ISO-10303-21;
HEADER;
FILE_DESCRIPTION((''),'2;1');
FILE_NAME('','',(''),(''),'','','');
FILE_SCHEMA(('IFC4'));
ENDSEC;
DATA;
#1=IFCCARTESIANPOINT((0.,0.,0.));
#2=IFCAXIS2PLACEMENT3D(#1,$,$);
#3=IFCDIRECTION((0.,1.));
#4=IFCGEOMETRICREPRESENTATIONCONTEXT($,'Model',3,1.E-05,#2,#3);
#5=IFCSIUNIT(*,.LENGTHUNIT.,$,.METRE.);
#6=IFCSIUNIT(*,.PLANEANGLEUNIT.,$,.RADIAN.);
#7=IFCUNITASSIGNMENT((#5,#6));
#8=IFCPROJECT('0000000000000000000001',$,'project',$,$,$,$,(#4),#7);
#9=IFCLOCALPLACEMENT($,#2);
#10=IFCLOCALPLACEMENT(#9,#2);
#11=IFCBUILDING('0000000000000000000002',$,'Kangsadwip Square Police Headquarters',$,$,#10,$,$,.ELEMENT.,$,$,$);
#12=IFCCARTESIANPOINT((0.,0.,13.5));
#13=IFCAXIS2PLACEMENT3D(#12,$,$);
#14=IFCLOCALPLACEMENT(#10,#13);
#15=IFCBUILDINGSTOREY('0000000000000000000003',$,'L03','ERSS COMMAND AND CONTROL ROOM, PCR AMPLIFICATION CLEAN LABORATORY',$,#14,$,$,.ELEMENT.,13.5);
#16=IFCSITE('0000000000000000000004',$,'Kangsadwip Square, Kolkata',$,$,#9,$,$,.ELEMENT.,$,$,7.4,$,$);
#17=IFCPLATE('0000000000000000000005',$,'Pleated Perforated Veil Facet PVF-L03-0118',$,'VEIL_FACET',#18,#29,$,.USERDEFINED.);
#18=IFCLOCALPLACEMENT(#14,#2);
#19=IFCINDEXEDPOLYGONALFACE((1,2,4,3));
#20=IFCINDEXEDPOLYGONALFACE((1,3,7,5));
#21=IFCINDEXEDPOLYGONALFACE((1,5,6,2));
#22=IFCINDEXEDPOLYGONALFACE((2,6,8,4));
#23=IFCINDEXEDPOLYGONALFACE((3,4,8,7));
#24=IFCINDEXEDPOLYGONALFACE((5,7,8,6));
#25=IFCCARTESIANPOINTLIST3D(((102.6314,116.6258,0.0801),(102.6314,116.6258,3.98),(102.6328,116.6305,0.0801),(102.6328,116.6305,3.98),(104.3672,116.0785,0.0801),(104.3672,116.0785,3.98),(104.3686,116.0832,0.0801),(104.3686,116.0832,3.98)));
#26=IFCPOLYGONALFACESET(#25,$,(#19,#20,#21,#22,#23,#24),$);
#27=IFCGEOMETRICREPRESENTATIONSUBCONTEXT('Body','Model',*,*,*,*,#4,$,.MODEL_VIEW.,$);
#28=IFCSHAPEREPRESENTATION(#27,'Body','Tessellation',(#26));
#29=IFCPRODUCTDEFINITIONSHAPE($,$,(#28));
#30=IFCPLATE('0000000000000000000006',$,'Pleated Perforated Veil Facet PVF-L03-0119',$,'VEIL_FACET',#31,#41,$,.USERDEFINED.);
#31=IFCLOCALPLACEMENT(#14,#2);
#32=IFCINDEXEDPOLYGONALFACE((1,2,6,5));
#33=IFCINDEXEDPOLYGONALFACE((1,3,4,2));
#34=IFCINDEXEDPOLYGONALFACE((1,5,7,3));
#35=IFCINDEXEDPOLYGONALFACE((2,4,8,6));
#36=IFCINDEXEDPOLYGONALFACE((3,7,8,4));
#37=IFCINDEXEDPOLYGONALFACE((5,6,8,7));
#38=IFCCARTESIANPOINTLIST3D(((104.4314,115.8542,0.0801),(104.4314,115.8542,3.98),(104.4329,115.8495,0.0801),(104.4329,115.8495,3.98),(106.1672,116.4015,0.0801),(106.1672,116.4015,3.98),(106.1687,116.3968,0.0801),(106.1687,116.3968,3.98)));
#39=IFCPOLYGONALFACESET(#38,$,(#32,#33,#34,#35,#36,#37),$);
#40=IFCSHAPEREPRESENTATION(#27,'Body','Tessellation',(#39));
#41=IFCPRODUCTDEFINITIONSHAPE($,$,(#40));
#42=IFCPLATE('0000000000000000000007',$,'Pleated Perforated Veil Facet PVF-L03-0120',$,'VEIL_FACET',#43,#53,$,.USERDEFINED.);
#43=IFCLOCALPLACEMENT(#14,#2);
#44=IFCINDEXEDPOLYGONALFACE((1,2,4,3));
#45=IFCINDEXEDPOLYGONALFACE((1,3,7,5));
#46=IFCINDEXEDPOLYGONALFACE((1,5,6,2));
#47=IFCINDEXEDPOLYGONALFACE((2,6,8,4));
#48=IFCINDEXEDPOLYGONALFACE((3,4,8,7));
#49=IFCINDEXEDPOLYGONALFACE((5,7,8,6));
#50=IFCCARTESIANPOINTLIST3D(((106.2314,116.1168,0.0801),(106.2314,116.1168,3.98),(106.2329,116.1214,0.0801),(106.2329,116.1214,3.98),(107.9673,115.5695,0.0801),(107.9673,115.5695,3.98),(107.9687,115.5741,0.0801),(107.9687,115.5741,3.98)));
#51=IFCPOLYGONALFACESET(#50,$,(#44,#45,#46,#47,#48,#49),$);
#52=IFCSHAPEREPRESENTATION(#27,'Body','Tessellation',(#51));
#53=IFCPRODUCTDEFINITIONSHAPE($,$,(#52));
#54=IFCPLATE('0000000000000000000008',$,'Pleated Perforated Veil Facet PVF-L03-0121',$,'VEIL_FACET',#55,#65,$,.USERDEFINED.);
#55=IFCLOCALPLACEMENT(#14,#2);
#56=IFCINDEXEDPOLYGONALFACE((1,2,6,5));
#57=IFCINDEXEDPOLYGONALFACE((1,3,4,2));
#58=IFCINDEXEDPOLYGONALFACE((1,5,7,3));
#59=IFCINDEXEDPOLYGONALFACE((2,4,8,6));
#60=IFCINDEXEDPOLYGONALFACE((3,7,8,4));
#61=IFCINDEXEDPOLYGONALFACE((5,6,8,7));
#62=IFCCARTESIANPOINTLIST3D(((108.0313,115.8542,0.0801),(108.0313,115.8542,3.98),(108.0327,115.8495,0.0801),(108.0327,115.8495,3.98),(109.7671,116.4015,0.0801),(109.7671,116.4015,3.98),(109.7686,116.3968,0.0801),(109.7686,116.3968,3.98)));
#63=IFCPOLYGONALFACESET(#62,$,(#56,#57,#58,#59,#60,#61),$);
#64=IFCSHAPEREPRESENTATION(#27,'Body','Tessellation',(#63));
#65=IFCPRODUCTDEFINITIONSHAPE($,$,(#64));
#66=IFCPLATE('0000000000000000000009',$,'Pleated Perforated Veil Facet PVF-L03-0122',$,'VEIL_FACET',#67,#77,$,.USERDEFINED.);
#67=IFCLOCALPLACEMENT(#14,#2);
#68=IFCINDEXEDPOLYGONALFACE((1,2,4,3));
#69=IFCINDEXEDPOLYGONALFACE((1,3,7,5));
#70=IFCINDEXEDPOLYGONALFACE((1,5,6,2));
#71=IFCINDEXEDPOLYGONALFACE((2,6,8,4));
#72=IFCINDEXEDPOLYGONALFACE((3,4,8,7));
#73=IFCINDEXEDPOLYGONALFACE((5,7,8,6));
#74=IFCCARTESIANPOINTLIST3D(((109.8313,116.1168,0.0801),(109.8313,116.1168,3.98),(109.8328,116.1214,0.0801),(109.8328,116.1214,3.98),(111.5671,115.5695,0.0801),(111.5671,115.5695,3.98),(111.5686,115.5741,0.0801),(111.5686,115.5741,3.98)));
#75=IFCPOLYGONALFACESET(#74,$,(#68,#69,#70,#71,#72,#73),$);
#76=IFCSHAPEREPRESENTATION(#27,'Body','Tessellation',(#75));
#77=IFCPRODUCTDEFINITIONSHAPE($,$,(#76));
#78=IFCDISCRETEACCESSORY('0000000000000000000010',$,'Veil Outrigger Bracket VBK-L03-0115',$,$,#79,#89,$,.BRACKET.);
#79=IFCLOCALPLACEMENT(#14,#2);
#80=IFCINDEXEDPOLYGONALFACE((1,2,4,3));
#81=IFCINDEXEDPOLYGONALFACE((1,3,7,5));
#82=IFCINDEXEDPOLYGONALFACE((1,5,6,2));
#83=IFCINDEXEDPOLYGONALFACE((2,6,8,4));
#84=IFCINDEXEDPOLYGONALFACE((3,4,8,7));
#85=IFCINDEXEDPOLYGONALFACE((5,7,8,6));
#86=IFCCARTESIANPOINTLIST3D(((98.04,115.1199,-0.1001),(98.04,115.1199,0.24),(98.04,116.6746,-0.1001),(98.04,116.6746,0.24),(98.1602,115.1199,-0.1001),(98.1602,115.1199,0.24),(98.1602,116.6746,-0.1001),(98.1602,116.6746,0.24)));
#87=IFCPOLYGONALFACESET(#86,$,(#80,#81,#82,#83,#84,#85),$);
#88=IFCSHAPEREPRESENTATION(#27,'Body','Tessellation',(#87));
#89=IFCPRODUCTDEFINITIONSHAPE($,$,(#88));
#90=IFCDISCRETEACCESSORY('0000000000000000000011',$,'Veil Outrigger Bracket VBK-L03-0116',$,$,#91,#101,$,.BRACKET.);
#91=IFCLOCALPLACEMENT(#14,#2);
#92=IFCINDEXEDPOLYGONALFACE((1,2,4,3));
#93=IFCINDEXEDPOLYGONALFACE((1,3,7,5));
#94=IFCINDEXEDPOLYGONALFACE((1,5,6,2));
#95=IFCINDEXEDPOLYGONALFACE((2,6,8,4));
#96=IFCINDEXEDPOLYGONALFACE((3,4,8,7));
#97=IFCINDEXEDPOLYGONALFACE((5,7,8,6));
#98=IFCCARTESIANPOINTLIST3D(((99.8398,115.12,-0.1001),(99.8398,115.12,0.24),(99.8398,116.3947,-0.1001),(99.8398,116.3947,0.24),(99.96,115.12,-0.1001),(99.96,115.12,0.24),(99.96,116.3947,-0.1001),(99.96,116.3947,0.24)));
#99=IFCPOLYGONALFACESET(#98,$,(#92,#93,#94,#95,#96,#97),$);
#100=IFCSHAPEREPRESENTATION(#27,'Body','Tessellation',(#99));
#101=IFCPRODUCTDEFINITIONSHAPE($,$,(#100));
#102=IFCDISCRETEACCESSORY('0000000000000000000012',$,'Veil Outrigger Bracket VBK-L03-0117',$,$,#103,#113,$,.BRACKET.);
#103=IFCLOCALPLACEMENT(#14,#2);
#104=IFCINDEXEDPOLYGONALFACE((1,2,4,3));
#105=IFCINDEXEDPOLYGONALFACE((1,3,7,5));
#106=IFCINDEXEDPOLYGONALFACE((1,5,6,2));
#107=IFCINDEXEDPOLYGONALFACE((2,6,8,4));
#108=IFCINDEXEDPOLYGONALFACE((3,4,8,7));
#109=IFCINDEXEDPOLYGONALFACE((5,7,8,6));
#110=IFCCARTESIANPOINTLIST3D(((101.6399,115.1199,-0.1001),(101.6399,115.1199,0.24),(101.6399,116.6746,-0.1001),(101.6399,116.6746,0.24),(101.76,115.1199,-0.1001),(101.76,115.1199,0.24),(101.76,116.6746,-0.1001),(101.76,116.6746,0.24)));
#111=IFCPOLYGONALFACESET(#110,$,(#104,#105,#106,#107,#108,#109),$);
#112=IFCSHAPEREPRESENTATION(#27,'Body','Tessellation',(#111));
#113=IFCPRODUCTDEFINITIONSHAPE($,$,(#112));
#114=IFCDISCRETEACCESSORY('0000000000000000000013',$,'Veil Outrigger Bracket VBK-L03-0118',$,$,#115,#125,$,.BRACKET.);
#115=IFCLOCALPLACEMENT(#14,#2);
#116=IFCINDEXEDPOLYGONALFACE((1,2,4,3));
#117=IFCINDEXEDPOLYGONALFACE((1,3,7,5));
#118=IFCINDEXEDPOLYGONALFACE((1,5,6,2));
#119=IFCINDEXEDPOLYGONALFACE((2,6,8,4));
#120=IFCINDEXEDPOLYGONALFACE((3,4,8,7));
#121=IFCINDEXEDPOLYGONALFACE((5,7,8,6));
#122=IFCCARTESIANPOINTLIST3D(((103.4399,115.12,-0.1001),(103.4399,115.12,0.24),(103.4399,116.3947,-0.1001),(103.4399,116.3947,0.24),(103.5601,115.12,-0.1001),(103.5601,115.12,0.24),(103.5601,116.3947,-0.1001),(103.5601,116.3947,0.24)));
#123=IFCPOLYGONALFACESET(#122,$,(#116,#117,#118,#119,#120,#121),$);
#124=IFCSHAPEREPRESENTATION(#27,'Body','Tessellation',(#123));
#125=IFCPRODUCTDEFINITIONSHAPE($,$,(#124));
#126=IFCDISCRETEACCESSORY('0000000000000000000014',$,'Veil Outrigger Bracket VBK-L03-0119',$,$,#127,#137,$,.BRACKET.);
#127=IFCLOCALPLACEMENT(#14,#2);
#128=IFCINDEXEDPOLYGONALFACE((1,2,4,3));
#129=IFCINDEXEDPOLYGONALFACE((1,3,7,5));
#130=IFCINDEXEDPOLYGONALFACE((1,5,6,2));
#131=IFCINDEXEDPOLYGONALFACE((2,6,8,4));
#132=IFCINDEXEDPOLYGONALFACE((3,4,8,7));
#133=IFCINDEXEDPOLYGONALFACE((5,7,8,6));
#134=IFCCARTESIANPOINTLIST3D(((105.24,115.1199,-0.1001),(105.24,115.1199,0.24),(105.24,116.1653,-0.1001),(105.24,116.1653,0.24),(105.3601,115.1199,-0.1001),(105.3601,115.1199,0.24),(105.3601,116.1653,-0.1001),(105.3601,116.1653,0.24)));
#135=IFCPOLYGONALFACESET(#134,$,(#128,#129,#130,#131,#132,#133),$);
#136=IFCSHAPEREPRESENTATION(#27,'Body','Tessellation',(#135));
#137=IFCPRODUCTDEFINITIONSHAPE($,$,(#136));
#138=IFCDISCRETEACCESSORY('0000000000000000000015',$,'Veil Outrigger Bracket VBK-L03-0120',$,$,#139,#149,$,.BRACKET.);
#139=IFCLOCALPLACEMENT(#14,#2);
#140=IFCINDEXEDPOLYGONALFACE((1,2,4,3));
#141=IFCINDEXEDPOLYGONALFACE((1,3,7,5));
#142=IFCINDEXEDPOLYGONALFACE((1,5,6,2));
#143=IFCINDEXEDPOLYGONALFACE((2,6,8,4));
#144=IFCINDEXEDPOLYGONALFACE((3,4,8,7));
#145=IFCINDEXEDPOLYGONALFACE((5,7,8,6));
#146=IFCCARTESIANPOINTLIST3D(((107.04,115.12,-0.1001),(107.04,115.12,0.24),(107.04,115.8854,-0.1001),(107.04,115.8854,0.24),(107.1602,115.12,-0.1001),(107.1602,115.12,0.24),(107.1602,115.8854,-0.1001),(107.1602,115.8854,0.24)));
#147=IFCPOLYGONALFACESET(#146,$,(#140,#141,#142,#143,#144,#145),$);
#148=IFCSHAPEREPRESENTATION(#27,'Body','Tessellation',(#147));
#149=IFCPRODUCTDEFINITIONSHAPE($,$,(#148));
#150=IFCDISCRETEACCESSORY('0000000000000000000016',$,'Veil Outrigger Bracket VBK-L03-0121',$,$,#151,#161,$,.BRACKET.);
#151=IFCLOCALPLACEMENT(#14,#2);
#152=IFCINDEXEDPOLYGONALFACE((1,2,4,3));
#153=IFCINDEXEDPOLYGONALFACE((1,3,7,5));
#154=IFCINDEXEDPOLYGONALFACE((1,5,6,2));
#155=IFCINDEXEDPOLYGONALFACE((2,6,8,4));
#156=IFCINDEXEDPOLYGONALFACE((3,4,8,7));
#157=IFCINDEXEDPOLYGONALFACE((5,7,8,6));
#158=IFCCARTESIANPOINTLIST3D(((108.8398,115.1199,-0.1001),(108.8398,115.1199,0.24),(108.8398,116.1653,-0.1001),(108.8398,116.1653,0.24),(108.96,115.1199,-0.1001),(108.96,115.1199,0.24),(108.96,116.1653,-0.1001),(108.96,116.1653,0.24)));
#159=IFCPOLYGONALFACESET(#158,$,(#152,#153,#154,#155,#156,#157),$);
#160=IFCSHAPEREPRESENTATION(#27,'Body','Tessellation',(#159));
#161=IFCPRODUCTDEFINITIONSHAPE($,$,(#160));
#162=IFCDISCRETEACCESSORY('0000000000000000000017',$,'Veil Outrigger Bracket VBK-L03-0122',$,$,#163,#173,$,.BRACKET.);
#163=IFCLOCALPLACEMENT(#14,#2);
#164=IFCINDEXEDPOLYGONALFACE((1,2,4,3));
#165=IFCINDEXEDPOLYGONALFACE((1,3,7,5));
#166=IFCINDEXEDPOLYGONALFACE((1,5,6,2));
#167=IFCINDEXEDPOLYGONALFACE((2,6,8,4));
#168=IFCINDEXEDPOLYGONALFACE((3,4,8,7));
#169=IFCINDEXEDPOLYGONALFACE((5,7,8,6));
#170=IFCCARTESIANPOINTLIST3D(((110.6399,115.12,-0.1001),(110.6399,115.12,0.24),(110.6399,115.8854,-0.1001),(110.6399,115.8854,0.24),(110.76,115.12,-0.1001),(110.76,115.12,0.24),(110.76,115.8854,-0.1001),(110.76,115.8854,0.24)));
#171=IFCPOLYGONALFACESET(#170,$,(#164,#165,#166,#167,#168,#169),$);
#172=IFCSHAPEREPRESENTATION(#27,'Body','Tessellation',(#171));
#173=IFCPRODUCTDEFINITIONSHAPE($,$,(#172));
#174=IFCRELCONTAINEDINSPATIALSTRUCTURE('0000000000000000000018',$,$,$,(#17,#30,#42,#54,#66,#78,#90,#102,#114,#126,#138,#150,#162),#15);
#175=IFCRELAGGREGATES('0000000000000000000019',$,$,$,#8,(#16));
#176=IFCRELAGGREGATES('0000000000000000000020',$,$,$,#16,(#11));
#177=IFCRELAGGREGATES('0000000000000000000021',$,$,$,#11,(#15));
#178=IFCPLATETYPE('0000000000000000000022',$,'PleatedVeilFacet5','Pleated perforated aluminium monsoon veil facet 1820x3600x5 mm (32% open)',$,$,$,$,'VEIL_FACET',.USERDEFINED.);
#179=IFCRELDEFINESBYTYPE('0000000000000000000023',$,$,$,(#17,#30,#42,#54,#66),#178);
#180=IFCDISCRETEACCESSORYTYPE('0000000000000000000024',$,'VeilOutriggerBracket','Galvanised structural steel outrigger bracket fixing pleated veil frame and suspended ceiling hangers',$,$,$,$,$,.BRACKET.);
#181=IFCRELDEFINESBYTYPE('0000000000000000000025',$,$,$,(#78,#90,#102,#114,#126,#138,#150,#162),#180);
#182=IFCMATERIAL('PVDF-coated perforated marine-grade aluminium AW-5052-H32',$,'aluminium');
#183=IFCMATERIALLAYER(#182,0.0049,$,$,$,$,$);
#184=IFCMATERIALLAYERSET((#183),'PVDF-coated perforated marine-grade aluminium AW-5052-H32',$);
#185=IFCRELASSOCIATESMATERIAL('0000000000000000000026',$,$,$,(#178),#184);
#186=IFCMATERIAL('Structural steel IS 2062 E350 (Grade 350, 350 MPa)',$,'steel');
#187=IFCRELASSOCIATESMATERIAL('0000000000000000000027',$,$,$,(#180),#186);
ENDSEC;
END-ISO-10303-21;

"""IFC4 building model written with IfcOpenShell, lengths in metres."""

from ifc_helpers import new_model, si_unit, direction, frame, origin, origin_2d, place, context, subcontext, project, spatial, rectangle, extrude, material, layer, layer_set, type_object, element, save


model = new_model("IFC4")

# Units and contexts
model_context = context("Model", 3, precision=1e-05, world=origin(), true_north=direction((0.0, 1.0)))
body_context = subcontext(model_context, "Body", "Model", "MODEL_VIEW")
ifc_project = project(units=[si_unit("LENGTHUNIT", "METRE"), si_unit("PLANEANGLEUNIT", "RADIAN")], contexts=[model_context])

# Site, building, storey
site_placement = place(None, origin())
site = spatial("IfcSite", under=ifc_project, at=site_placement, Name="Kangsadwip Square, Kolkata", CompositionType="ELEMENT", RefElevation=7.4)
building_placement = place(site_placement, origin())
building = spatial("IfcBuilding", under=site, at=building_placement, Name="Kangsadwip Square Police Headquarters", CompositionType="ELEMENT")
storey_placement = place(building_placement, frame((0.0, 0.0, 13.5)))
storey = spatial("IfcBuildingStorey", under=building, at=storey_placement, Name="L03", Description="ERSS COMMAND AND CONTROL ROOM, PCR AMPLIFICATION CLEAN LABORATORY", CompositionType="ELEMENT", Elevation=13.5)

# Plates
ifc_material_1 = material(Name="PVDF-coated perforated marine-grade aluminium AW-5052-H32", Category="aluminium")
ifc_layer_1 = layer(ifc_material_1, 0.0049)
ifc_layer_set_1 = layer_set([ifc_layer_1], Name="PVDF-coated perforated marine-grade aluminium AW-5052-H32")
plate_type_1 = type_object("IfcPlateType", Name="PleatedVeilFacet5", Description="Pleated perforated aluminium monsoon veil facet 1820x3600x5 mm (32% open)", ElementType="VEIL_FACET", PredefinedType="USERDEFINED", material=ifc_layer_set_1)
for number, where, z_axis, x_axis, name in (
    (1, (103.5, 116.3545, 0.0801), (0.0, 0.0, 1.0), (0.953717, -0.300706, 0.0), "Pleated Perforated Veil Facet PVF-L03-0118"),
    (2, (105.3, 116.1255, 0.0801), (0.0, 0.0, 1.0), (0.953717, 0.300706, 0.0), "Pleated Perforated Veil Facet PVF-L03-0119"),
    (3, (107.1001, 115.8455, 0.0801), (0.0, 0.0, 1.0), (0.953717, -0.300706, 0.0), "Pleated Perforated Veil Facet PVF-L03-0120"),
    (4, (108.8999, 116.1255, 0.0801), (0.0, 0.0, 1.0), (0.953717, 0.300706, 0.0), "Pleated Perforated Veil Facet PVF-L03-0121"),
    (5, (110.7, 115.8455, 0.0801), (0.0, 0.0, 1.0), (0.953717, -0.300706, 0.0), "Pleated Perforated Veil Facet PVF-L03-0122"),
):
    element("IfcPlate", number, at=place(storey_placement, frame(where, z_axis=z_axis, x_axis=x_axis)), inside=storey, type_object=plate_type_1, Name=name, ObjectType="VEIL_FACET", PredefinedType="USERDEFINED", context=body_context, shape_type="SweptSolid", body=[
        extrude(rectangle(XDim=1.8201, YDim=0.0049, at=origin_2d()), origin(), (0.0, 0.0, 1.0), 3.8999),
    ])

# Discrete accessories
ifc_material_2 = material(Name="Structural steel IS 2062 E350 (Grade 350, 350 MPa)", Category="steel")
discrete_accessory_type = type_object("IfcDiscreteAccessoryType", Name="VeilOutriggerBracket", Description="Galvanised structural steel outrigger bracket fixing pleated veil frame and suspended ceiling hangers", PredefinedType="BRACKET", material=ifc_material_2)
discrete_accessory_1_placement = place(storey_placement, frame((98.1001, 115.8972, -0.1001), z_axis=(0.0, 0.0, 1.0), x_axis=(1.0, 0.0, 0.0)))
element("IfcDiscreteAccessory", 6, at=discrete_accessory_1_placement, inside=storey, type_object=discrete_accessory_type, Name="Veil Outrigger Bracket VBK-L03-0115", PredefinedType="BRACKET", context=body_context, shape_type="SweptSolid", body=[
    extrude(rectangle(XDim=0.1201, YDim=1.5547, at=origin_2d()), origin(), (0.0, 0.0, 1.0), 0.3401),
])
discrete_accessory_2_placement = place(storey_placement, frame((99.8999, 115.7573, -0.1001), z_axis=(0.0, 0.0, 1.0), x_axis=(1.0, 0.0, 0.0)))
element("IfcDiscreteAccessory", 7, at=discrete_accessory_2_placement, inside=storey, type_object=discrete_accessory_type, Name="Veil Outrigger Bracket VBK-L03-0116", PredefinedType="BRACKET", context=body_context, shape_type="SweptSolid", body=[
    extrude(rectangle(XDim=0.1201, YDim=1.2747, at=origin_2d()), origin(), (0.0, 0.0, 1.0), 0.3401),
])
discrete_accessory_3_placement = place(storey_placement, frame((101.7, 115.8972, -0.1001), z_axis=(0.0, 0.0, 1.0), x_axis=(1.0, 0.0, 0.0)))
element("IfcDiscreteAccessory", 8, at=discrete_accessory_3_placement, inside=storey, type_object=discrete_accessory_type, Name="Veil Outrigger Bracket VBK-L03-0117", PredefinedType="BRACKET", context=body_context, shape_type="SweptSolid", body=[
    extrude(rectangle(XDim=0.1201, YDim=1.5547, at=origin_2d()), origin(), (0.0, 0.0, 1.0), 0.3401),
])
discrete_accessory_4_placement = place(storey_placement, frame((103.5, 115.7573, -0.1001), z_axis=(0.0, 0.0, 1.0), x_axis=(1.0, 0.0, 0.0)))
element("IfcDiscreteAccessory", 9, at=discrete_accessory_4_placement, inside=storey, type_object=discrete_accessory_type, Name="Veil Outrigger Bracket VBK-L03-0118", PredefinedType="BRACKET", context=body_context, shape_type="SweptSolid", body=[
    extrude(rectangle(XDim=0.1201, YDim=1.2747, at=origin_2d()), origin(), (0.0, 0.0, 1.0), 0.3401),
])
discrete_accessory_5_placement = place(storey_placement, frame((105.3, 115.6426, -0.1001), z_axis=(0.0, 0.0, 1.0), x_axis=(1.0, 0.0, 0.0)))
element("IfcDiscreteAccessory", 10, at=discrete_accessory_5_placement, inside=storey, type_object=discrete_accessory_type, Name="Veil Outrigger Bracket VBK-L03-0119", PredefinedType="BRACKET", context=body_context, shape_type="SweptSolid", body=[
    extrude(rectangle(XDim=0.1201, YDim=1.0454, at=origin_2d()), origin(), (0.0, 0.0, 1.0), 0.3401),
])
discrete_accessory_6_placement = place(storey_placement, frame((107.1001, 115.5027, -0.1001), z_axis=(0.0, 0.0, 1.0), x_axis=(1.0, 0.0, 0.0)))
element("IfcDiscreteAccessory", 11, at=discrete_accessory_6_placement, inside=storey, type_object=discrete_accessory_type, Name="Veil Outrigger Bracket VBK-L03-0120", PredefinedType="BRACKET", context=body_context, shape_type="SweptSolid", body=[
    extrude(rectangle(XDim=0.1201, YDim=0.7654, at=origin_2d()), origin(), (0.0, 0.0, 1.0), 0.3401),
])
discrete_accessory_7_placement = place(storey_placement, frame((108.8999, 115.6426, -0.1001), z_axis=(0.0, 0.0, 1.0), x_axis=(1.0, 0.0, 0.0)))
element("IfcDiscreteAccessory", 12, at=discrete_accessory_7_placement, inside=storey, type_object=discrete_accessory_type, Name="Veil Outrigger Bracket VBK-L03-0121", PredefinedType="BRACKET", context=body_context, shape_type="SweptSolid", body=[
    extrude(rectangle(XDim=0.1201, YDim=1.0454, at=origin_2d()), origin(), (0.0, 0.0, 1.0), 0.3401),
])
discrete_accessory_8_placement = place(storey_placement, frame((110.7, 115.5027, -0.1001), z_axis=(0.0, 0.0, 1.0), x_axis=(1.0, 0.0, 0.0)))
element("IfcDiscreteAccessory", 13, at=discrete_accessory_8_placement, inside=storey, type_object=discrete_accessory_type, Name="Veil Outrigger Bracket VBK-L03-0122", PredefinedType="BRACKET", context=body_context, shape_type="SweptSolid", body=[
    extrude(rectangle(XDim=0.1201, YDim=0.7654, at=origin_2d()), origin(), (0.0, 0.0, 1.0), 0.3401),
])

save(model, "model.ifc")
